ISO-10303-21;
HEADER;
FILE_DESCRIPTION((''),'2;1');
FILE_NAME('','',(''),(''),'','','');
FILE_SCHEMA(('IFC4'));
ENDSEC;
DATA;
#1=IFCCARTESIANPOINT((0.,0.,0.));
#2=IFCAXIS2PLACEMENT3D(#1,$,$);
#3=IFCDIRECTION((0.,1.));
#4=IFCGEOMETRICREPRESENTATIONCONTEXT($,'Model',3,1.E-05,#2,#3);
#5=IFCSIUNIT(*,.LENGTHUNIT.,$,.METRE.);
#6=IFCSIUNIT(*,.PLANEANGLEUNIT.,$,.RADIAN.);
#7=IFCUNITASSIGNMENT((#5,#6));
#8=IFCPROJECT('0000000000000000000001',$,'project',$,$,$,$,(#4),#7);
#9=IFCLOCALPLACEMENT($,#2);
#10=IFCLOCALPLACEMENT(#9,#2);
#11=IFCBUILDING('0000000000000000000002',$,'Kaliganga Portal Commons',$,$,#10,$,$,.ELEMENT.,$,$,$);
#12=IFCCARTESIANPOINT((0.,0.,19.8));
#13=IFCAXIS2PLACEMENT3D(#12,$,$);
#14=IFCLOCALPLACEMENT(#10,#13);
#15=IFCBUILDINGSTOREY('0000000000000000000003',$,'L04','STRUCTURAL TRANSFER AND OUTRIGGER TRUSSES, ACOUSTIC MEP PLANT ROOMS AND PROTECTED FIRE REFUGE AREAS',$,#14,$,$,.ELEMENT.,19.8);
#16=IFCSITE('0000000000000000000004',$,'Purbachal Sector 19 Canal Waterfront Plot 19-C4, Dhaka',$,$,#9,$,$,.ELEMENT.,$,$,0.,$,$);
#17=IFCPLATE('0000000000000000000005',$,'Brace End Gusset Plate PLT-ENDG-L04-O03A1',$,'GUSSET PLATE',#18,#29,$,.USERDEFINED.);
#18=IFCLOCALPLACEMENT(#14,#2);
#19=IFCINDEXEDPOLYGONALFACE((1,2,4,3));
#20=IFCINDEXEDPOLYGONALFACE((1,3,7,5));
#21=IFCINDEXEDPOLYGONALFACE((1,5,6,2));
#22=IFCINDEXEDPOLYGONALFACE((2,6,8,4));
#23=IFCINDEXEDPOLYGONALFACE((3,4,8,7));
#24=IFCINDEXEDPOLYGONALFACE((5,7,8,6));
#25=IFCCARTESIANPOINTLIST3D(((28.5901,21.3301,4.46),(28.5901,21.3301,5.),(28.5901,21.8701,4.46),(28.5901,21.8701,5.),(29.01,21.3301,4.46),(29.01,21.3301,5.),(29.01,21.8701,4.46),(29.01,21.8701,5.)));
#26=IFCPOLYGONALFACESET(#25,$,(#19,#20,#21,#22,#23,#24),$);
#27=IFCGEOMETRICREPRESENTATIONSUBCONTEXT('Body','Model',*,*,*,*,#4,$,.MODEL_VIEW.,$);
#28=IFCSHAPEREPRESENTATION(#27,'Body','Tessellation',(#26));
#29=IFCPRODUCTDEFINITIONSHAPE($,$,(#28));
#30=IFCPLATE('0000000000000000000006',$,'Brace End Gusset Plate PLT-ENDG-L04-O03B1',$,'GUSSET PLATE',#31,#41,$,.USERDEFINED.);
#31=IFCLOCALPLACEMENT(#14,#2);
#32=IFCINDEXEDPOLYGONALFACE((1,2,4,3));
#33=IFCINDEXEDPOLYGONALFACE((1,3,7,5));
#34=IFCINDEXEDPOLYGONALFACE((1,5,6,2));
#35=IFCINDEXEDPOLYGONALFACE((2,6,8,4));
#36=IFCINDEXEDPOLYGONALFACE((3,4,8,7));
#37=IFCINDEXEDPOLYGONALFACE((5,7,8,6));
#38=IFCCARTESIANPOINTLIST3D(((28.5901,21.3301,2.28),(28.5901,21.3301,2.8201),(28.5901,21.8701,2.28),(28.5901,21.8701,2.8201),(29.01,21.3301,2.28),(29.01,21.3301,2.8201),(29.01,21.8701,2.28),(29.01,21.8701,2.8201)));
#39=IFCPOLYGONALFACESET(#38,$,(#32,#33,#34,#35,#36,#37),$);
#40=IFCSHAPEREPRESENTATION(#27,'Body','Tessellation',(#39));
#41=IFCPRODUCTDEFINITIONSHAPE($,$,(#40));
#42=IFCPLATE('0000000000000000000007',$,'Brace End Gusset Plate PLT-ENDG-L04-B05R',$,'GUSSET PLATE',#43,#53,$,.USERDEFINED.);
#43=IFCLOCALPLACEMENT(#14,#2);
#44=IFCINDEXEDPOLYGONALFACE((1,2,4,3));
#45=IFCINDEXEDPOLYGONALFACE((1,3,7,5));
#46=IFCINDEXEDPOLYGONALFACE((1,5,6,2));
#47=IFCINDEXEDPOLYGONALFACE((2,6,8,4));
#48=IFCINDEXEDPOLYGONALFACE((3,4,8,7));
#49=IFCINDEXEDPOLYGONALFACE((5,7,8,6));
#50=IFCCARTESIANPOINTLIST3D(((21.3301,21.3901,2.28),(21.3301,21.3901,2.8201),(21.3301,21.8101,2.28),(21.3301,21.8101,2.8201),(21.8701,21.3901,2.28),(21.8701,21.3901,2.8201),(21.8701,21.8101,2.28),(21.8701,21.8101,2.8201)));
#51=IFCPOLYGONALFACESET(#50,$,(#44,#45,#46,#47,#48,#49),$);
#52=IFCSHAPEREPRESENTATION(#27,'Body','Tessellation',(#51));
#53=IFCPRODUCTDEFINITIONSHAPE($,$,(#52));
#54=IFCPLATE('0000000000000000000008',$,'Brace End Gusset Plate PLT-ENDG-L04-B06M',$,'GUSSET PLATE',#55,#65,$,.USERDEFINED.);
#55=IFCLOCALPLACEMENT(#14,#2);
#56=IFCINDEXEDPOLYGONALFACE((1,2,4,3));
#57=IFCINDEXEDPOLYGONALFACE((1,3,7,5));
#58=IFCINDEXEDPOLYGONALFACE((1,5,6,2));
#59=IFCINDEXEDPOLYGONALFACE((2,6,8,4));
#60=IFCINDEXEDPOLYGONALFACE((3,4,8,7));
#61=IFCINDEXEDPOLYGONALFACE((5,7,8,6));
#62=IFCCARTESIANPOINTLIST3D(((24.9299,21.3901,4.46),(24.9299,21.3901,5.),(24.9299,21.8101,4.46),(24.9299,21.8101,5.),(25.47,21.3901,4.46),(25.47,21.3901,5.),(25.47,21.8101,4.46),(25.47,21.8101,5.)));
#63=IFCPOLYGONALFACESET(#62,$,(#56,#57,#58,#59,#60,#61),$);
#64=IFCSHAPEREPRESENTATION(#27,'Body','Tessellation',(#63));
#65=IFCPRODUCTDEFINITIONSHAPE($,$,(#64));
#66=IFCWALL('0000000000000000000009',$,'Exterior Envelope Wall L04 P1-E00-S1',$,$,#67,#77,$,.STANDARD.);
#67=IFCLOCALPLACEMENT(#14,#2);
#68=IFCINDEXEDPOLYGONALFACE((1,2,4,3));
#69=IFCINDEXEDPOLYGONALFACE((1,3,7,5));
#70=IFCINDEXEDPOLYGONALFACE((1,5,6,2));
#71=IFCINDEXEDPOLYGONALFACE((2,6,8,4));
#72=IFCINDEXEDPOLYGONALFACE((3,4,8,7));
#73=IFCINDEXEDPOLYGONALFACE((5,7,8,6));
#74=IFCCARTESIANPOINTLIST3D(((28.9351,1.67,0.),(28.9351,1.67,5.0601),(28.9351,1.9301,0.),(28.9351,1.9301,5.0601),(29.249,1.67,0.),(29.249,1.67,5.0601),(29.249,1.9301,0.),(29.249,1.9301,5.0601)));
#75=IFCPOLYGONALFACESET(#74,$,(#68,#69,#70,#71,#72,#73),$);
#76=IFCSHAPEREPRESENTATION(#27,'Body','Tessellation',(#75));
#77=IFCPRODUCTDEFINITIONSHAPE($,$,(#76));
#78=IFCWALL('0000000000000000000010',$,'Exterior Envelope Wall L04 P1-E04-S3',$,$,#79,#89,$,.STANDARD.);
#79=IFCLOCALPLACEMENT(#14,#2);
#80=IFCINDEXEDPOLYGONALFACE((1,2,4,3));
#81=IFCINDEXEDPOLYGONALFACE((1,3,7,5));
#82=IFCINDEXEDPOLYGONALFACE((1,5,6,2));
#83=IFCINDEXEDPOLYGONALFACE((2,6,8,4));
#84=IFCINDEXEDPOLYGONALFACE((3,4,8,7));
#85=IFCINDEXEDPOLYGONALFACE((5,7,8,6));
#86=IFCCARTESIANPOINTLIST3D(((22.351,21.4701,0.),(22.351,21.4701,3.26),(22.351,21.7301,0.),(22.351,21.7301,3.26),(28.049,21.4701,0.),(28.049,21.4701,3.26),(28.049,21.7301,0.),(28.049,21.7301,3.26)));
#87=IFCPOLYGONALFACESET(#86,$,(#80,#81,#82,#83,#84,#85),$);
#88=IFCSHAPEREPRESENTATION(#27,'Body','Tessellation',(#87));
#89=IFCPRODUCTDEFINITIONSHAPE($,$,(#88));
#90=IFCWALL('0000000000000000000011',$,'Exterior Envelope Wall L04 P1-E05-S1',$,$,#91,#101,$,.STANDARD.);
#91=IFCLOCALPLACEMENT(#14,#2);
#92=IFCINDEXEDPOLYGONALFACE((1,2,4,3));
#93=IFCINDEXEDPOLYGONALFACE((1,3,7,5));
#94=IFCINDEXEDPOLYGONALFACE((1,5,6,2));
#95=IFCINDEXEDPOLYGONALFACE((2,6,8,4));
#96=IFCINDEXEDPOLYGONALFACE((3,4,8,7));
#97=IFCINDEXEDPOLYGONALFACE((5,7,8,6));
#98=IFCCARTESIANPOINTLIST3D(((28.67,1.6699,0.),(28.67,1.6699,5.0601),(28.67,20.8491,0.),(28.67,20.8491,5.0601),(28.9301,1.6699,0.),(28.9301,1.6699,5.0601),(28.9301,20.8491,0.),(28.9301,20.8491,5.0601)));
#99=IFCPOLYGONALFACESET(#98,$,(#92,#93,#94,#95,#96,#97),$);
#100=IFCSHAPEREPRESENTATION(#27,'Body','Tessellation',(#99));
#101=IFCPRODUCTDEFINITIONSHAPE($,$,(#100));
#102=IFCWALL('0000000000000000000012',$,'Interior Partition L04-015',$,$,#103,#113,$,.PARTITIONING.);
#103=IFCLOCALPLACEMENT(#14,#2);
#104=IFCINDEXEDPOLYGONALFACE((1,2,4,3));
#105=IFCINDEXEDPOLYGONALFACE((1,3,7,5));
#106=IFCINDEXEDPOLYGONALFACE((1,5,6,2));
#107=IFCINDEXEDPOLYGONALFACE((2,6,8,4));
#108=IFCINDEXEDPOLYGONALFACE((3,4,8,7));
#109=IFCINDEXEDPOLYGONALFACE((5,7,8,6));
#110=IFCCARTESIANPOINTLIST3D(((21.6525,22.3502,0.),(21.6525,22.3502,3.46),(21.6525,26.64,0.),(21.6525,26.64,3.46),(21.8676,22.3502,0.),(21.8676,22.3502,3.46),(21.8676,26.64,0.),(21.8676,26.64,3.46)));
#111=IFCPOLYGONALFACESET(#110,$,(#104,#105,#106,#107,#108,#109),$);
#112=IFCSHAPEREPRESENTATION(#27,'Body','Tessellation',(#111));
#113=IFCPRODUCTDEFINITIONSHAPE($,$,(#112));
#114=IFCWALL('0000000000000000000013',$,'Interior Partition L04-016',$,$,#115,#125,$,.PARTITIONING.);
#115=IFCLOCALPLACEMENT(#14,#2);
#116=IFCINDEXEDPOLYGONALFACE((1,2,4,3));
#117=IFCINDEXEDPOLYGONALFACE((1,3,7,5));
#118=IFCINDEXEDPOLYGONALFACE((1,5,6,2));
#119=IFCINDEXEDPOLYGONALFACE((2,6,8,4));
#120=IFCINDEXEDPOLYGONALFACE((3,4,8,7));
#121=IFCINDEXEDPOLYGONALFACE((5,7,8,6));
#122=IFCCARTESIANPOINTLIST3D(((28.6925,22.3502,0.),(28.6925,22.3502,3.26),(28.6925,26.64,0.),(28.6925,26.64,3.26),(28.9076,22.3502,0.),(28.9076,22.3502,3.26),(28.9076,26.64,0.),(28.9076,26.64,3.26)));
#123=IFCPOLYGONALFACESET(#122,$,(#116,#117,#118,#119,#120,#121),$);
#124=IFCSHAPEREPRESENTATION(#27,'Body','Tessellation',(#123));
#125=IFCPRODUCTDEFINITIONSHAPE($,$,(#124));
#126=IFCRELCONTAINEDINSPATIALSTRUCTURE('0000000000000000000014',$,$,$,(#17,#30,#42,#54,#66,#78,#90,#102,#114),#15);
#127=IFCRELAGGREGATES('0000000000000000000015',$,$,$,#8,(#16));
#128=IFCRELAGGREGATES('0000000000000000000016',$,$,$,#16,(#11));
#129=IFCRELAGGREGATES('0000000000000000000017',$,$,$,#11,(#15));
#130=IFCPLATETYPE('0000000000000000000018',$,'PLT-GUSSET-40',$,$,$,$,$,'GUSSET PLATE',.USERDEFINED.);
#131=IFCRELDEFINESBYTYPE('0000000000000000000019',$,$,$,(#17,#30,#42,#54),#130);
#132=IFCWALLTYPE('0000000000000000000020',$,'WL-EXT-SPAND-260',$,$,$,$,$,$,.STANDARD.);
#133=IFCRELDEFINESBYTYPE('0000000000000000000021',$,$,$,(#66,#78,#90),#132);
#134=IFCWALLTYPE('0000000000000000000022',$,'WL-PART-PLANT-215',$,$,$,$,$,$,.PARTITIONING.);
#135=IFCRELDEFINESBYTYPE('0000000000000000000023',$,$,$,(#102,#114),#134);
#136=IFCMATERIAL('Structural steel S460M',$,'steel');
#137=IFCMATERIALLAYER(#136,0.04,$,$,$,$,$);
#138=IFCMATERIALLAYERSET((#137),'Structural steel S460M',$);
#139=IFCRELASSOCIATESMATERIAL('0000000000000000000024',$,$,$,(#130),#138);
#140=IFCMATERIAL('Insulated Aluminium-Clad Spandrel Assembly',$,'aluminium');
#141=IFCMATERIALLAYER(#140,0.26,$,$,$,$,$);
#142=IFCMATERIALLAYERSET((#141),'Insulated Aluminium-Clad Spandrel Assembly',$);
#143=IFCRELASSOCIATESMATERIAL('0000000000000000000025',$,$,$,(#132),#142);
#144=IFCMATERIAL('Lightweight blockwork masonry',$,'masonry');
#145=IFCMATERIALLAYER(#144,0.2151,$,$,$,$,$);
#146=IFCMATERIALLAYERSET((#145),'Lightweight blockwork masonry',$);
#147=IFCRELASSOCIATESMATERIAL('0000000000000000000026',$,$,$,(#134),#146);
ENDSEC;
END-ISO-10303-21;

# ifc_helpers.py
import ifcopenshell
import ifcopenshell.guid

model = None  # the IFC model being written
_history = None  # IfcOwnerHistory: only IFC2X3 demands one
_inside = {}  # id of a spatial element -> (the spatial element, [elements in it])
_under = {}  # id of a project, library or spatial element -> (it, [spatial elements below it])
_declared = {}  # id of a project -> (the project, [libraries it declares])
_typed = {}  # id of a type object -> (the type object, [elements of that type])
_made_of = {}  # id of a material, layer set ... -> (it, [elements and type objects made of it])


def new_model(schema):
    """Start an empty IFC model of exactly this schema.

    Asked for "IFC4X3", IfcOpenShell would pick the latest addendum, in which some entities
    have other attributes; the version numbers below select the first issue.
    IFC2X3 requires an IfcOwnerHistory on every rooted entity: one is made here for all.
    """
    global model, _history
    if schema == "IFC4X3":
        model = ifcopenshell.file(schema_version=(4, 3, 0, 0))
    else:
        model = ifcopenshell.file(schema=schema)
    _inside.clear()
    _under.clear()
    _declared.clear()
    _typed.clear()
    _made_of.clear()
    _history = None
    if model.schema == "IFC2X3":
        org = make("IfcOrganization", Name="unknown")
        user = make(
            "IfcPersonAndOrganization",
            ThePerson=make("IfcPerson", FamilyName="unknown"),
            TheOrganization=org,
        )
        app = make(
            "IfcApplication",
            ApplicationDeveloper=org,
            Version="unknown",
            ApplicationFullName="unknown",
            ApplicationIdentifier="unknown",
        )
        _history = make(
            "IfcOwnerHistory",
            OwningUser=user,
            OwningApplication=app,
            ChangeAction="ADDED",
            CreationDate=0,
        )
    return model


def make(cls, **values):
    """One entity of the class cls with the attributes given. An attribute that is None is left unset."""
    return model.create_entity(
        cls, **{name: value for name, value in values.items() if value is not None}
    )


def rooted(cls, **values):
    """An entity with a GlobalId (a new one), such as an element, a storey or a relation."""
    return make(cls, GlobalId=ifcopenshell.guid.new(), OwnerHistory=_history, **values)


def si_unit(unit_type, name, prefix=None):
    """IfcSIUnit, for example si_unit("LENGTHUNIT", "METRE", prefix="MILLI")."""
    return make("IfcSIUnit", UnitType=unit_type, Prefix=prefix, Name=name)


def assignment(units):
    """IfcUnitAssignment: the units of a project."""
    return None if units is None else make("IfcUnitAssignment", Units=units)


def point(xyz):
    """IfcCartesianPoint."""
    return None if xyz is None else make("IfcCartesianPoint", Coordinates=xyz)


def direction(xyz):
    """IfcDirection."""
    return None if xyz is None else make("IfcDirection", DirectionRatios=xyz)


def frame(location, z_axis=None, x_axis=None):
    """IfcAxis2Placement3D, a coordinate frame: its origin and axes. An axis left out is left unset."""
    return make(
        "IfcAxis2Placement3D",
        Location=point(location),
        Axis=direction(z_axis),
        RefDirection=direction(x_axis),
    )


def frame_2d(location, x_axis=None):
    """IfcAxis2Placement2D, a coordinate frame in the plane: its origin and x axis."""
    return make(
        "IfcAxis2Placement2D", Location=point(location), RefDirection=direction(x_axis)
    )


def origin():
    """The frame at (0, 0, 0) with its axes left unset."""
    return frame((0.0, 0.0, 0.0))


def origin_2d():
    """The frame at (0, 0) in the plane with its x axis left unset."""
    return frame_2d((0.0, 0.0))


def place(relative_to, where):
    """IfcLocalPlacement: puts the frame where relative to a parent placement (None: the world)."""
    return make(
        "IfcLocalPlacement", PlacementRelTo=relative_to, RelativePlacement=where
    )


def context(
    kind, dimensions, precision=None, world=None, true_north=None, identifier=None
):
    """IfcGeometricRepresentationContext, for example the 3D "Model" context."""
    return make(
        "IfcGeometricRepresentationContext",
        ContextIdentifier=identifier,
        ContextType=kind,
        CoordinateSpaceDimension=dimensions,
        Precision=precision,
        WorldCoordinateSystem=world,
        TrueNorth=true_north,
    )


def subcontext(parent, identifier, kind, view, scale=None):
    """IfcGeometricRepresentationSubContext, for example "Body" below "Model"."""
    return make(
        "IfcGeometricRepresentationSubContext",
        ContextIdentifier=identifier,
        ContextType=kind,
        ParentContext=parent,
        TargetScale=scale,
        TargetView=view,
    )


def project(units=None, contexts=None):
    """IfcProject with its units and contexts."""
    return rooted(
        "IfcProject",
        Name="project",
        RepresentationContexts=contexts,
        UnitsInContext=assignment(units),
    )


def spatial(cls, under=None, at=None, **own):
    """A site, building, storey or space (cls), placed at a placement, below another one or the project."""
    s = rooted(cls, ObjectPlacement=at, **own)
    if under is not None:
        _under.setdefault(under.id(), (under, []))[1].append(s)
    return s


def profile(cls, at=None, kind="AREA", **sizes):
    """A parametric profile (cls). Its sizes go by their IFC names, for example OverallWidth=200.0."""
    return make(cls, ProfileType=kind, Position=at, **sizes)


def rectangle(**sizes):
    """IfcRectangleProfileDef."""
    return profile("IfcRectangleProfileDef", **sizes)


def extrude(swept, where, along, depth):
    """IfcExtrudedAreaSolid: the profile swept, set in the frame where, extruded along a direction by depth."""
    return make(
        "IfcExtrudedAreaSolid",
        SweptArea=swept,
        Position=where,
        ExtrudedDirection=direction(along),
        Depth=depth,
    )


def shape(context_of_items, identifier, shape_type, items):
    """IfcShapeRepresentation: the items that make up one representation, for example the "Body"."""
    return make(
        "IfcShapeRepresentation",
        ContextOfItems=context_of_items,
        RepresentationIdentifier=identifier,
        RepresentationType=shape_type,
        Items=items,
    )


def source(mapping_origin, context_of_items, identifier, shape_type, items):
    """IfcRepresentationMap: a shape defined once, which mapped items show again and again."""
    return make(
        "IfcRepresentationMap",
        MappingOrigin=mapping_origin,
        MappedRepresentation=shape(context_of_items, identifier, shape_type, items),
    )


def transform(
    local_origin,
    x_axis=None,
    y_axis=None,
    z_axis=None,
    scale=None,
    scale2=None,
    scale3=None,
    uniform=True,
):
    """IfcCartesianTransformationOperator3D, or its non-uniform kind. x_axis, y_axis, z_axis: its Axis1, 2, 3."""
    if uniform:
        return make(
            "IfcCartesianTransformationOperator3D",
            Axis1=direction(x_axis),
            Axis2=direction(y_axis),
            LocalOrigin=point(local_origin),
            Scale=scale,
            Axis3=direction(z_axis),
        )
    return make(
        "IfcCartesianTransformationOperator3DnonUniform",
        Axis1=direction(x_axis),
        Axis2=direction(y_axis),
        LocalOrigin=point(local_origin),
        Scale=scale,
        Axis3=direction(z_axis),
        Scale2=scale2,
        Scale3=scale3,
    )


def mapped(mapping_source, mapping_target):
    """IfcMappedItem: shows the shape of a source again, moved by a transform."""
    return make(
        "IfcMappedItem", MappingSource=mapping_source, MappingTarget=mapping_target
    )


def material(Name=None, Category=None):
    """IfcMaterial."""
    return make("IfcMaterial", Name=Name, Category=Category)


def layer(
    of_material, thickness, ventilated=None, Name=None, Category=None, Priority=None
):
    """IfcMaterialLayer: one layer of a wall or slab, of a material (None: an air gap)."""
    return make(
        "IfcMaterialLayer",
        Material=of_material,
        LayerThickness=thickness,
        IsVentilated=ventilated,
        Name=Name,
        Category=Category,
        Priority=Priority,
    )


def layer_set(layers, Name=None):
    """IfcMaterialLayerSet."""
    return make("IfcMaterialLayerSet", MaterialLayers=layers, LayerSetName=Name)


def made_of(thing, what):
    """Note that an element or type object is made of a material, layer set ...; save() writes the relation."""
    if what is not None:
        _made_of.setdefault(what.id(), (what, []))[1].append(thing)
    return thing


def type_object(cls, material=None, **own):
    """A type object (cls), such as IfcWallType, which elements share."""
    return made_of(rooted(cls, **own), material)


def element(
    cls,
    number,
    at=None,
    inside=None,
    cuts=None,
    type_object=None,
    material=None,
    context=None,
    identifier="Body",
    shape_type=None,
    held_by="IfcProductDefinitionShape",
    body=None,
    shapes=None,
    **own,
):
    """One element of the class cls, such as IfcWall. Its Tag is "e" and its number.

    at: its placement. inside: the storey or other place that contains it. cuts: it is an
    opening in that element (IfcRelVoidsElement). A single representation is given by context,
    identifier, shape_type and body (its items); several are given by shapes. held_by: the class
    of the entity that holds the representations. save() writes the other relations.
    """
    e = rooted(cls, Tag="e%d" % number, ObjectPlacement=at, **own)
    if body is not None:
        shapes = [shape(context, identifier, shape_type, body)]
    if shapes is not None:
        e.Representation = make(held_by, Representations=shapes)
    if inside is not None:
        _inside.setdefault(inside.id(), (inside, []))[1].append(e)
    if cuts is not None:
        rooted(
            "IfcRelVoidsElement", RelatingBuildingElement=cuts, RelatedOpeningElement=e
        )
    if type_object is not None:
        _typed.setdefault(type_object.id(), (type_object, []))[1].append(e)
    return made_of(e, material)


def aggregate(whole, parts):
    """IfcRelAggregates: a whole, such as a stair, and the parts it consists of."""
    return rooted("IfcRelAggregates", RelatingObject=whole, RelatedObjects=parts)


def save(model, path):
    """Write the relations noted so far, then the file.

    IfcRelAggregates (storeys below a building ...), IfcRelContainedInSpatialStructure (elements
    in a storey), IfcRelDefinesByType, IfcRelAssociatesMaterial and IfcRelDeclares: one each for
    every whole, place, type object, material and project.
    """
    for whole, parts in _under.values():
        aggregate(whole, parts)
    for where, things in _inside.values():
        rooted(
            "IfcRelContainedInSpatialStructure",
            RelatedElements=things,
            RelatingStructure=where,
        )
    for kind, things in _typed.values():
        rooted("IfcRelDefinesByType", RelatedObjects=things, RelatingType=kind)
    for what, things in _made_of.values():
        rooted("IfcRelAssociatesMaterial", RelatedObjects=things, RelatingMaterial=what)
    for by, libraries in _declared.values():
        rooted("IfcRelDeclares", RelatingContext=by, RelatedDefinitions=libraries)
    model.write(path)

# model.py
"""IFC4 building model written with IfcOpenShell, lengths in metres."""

from ifc_helpers import new_model, si_unit, direction, frame, frame_2d, origin, origin_2d, place, context, subcontext, project, spatial, rectangle, extrude, source, transform, mapped, material, layer, layer_set, type_object, element, save


model = new_model("IFC4")

# Units and contexts
model_context = context("Model", 3, precision=1e-05, world=origin(), true_north=direction((0.0, 1.0)))
body_context = subcontext(model_context, "Body", "Model", "MODEL_VIEW")
ifc_project = project(units=[si_unit("LENGTHUNIT", "METRE"), si_unit("PLANEANGLEUNIT", "RADIAN")], contexts=[model_context])

# Site, building, storey
site_placement = place(None, origin())
site = spatial("IfcSite", under=ifc_project, at=site_placement, Name="Purbachal Sector 19 Canal Waterfront Plot 19-C4, Dhaka", CompositionType="ELEMENT", RefElevation=0.0)
building_placement = place(site_placement, origin())
building = spatial("IfcBuilding", under=site, at=building_placement, Name="Kaliganga Portal Commons", CompositionType="ELEMENT")
storey_placement = place(building_placement, frame((0.0, 0.0, 19.8)))
storey = spatial("IfcBuildingStorey", under=building, at=storey_placement, Name="L04", Description="STRUCTURAL TRANSFER AND OUTRIGGER TRUSSES, ACOUSTIC MEP PLANT ROOMS AND PROTECTED FIRE REFUGE AREAS", CompositionType="ELEMENT", Elevation=19.8)

# Shared definitions
ifc_material_1 = material(Name="Structural steel S460M", Category="steel")

# Plates
ifc_layer_1 = layer(ifc_material_1, 0.04)
ifc_layer_set_1 = layer_set([ifc_layer_1], Name="Structural steel S460M")
plate_type = type_object("IfcPlateType", Name="PLT-GUSSET-40", ElementType="GUSSET PLATE", PredefinedType="USERDEFINED", material=ifc_layer_set_1)
shared_shape_1 = source(origin(), body_context, "Body", "SweptSolid", [
    extrude(rectangle(XDim=0.54, YDim=0.4199, at=origin_2d()), origin(), (0.0, 0.0, 1.0), 0.54),
])
for number, where, z_axis, x_axis, name in (
    (1, (28.8, 21.6001, 4.46), (0.0, 0.0, 1.0), (0.0, -1.0, 0.0), "Brace End Gusset Plate PLT-ENDG-L04-O03A1"),
    (2, (28.8, 21.6001, 2.28), (0.0, 0.0, 1.0), (0.0, -1.0, 0.0), "Brace End Gusset Plate PLT-ENDG-L04-O03B1"),
    (3, (21.6001, 21.6001, 2.28), (0.0, 0.0, 1.0), (1.0, 0.0, 0.0), "Brace End Gusset Plate PLT-ENDG-L04-B05R"),
    (4, (25.2, 21.6001, 4.46), (0.0, 0.0, 1.0), (1.0, 0.0, 0.0), "Brace End Gusset Plate PLT-ENDG-L04-B06M"),
):
    element("IfcPlate", number, at=place(storey_placement, frame(where, z_axis=z_axis, x_axis=x_axis)), inside=storey, type_object=plate_type, Name=name, ObjectType="GUSSET PLATE", PredefinedType="USERDEFINED", context=body_context, shape_type="MappedRepresentation", body=[
        mapped(shared_shape_1, transform((0.0, 0.0, 0.0), x_axis=(1.0, 0.0, 0.0), y_axis=(0.0, 1.0, 0.0), z_axis=(0.0, 0.0, 1.0), scale=1.0)),
    ])

# Walls
ifc_material_2 = material(Name="Insulated Aluminium-Clad Spandrel Assembly", Category="aluminium")
ifc_layer_2 = layer(ifc_material_2, 0.26)
ifc_layer_set_2 = layer_set([ifc_layer_2], Name="Insulated Aluminium-Clad Spandrel Assembly")
wall_type_1 = type_object("IfcWallType", Name="WL-EXT-SPAND-260", PredefinedType="STANDARD", material=ifc_layer_set_2)
wall_1_placement = place(storey_placement, frame((29.249, 1.8, 0.0), z_axis=(0.0, 0.0, 1.0), x_axis=(-1.0, 0.0, 0.0)))
element("IfcWall", 5, at=wall_1_placement, inside=storey, type_object=wall_type_1, Name="Exterior Envelope Wall L04 P1-E00-S1", PredefinedType="STANDARD", context=body_context, shape_type="SweptSolid", body=[
    extrude(rectangle(XDim=0.314, YDim=0.26, at=frame_2d((0.157, 0.0))), origin(), (0.0, 0.0, 1.0), 5.0601),
])
wall_2_placement = place(storey_placement, frame((28.0491, 21.6001, 0.0), z_axis=(0.0, 0.0, 1.0), x_axis=(-1.0, 0.0, 0.0)))
element("IfcWall", 6, at=wall_2_placement, inside=storey, type_object=wall_type_1, Name="Exterior Envelope Wall L04 P1-E04-S3", PredefinedType="STANDARD", context=body_context, shape_type="SweptSolid", body=[
    extrude(rectangle(XDim=5.698, YDim=0.26, at=frame_2d((2.8491, 0.0))), origin(), (0.0, 0.0, 1.0), 3.26),
])
wall_3_placement = place(storey_placement, frame((28.8, 1.6699, 0.0), z_axis=(0.0, 0.0, 1.0), x_axis=(0.0, 1.0, 0.0)))
element("IfcWall", 7, at=wall_3_placement, inside=storey, type_object=wall_type_1, Name="Exterior Envelope Wall L04 P1-E05-S1", PredefinedType="STANDARD", context=body_context, shape_type="SweptSolid", body=[
    extrude(rectangle(XDim=19.1792, YDim=0.26, at=frame_2d((9.5896, 0.0))), origin(), (0.0, 0.0, 1.0), 5.0601),
])
ifc_material_3 = material(Name="Lightweight blockwork masonry", Category="masonry")
ifc_layer_3 = layer(ifc_material_3, 0.2151)
ifc_layer_set_3 = layer_set([ifc_layer_3], Name="Lightweight blockwork masonry")
wall_type_2 = type_object("IfcWallType", Name="WL-PART-PLANT-215", PredefinedType="PARTITIONING", material=ifc_layer_set_3)
wall_4_placement = place(storey_placement, frame((21.76, 22.3501, 0.0), z_axis=(0.0, 0.0, 1.0), x_axis=(0.0, 1.0, 0.0)))
element("IfcWall", 8, at=wall_4_placement, inside=storey, type_object=wall_type_2, Name="Interior Partition L04-015", PredefinedType="PARTITIONING", context=body_context, shape_type="SweptSolid", body=[
    extrude(rectangle(XDim=4.2898, YDim=0.2151, at=frame_2d((2.145, 0.0))), origin(), (0.0, 0.0, 1.0), 3.46),
])
wall_5_placement = place(storey_placement, frame((28.8, 22.3501, 0.0), z_axis=(0.0, 0.0, 1.0), x_axis=(0.0, 1.0, 0.0)))
element("IfcWall", 9, at=wall_5_placement, inside=storey, type_object=wall_type_2, Name="Interior Partition L04-016", PredefinedType="PARTITIONING", context=body_context, shape_type="SweptSolid", body=[
    extrude(rectangle(XDim=4.2898, YDim=0.2151, at=frame_2d((2.145, 0.0))), origin(), (0.0, 0.0, 1.0), 3.26),
])

save(model, "model.ifc")
